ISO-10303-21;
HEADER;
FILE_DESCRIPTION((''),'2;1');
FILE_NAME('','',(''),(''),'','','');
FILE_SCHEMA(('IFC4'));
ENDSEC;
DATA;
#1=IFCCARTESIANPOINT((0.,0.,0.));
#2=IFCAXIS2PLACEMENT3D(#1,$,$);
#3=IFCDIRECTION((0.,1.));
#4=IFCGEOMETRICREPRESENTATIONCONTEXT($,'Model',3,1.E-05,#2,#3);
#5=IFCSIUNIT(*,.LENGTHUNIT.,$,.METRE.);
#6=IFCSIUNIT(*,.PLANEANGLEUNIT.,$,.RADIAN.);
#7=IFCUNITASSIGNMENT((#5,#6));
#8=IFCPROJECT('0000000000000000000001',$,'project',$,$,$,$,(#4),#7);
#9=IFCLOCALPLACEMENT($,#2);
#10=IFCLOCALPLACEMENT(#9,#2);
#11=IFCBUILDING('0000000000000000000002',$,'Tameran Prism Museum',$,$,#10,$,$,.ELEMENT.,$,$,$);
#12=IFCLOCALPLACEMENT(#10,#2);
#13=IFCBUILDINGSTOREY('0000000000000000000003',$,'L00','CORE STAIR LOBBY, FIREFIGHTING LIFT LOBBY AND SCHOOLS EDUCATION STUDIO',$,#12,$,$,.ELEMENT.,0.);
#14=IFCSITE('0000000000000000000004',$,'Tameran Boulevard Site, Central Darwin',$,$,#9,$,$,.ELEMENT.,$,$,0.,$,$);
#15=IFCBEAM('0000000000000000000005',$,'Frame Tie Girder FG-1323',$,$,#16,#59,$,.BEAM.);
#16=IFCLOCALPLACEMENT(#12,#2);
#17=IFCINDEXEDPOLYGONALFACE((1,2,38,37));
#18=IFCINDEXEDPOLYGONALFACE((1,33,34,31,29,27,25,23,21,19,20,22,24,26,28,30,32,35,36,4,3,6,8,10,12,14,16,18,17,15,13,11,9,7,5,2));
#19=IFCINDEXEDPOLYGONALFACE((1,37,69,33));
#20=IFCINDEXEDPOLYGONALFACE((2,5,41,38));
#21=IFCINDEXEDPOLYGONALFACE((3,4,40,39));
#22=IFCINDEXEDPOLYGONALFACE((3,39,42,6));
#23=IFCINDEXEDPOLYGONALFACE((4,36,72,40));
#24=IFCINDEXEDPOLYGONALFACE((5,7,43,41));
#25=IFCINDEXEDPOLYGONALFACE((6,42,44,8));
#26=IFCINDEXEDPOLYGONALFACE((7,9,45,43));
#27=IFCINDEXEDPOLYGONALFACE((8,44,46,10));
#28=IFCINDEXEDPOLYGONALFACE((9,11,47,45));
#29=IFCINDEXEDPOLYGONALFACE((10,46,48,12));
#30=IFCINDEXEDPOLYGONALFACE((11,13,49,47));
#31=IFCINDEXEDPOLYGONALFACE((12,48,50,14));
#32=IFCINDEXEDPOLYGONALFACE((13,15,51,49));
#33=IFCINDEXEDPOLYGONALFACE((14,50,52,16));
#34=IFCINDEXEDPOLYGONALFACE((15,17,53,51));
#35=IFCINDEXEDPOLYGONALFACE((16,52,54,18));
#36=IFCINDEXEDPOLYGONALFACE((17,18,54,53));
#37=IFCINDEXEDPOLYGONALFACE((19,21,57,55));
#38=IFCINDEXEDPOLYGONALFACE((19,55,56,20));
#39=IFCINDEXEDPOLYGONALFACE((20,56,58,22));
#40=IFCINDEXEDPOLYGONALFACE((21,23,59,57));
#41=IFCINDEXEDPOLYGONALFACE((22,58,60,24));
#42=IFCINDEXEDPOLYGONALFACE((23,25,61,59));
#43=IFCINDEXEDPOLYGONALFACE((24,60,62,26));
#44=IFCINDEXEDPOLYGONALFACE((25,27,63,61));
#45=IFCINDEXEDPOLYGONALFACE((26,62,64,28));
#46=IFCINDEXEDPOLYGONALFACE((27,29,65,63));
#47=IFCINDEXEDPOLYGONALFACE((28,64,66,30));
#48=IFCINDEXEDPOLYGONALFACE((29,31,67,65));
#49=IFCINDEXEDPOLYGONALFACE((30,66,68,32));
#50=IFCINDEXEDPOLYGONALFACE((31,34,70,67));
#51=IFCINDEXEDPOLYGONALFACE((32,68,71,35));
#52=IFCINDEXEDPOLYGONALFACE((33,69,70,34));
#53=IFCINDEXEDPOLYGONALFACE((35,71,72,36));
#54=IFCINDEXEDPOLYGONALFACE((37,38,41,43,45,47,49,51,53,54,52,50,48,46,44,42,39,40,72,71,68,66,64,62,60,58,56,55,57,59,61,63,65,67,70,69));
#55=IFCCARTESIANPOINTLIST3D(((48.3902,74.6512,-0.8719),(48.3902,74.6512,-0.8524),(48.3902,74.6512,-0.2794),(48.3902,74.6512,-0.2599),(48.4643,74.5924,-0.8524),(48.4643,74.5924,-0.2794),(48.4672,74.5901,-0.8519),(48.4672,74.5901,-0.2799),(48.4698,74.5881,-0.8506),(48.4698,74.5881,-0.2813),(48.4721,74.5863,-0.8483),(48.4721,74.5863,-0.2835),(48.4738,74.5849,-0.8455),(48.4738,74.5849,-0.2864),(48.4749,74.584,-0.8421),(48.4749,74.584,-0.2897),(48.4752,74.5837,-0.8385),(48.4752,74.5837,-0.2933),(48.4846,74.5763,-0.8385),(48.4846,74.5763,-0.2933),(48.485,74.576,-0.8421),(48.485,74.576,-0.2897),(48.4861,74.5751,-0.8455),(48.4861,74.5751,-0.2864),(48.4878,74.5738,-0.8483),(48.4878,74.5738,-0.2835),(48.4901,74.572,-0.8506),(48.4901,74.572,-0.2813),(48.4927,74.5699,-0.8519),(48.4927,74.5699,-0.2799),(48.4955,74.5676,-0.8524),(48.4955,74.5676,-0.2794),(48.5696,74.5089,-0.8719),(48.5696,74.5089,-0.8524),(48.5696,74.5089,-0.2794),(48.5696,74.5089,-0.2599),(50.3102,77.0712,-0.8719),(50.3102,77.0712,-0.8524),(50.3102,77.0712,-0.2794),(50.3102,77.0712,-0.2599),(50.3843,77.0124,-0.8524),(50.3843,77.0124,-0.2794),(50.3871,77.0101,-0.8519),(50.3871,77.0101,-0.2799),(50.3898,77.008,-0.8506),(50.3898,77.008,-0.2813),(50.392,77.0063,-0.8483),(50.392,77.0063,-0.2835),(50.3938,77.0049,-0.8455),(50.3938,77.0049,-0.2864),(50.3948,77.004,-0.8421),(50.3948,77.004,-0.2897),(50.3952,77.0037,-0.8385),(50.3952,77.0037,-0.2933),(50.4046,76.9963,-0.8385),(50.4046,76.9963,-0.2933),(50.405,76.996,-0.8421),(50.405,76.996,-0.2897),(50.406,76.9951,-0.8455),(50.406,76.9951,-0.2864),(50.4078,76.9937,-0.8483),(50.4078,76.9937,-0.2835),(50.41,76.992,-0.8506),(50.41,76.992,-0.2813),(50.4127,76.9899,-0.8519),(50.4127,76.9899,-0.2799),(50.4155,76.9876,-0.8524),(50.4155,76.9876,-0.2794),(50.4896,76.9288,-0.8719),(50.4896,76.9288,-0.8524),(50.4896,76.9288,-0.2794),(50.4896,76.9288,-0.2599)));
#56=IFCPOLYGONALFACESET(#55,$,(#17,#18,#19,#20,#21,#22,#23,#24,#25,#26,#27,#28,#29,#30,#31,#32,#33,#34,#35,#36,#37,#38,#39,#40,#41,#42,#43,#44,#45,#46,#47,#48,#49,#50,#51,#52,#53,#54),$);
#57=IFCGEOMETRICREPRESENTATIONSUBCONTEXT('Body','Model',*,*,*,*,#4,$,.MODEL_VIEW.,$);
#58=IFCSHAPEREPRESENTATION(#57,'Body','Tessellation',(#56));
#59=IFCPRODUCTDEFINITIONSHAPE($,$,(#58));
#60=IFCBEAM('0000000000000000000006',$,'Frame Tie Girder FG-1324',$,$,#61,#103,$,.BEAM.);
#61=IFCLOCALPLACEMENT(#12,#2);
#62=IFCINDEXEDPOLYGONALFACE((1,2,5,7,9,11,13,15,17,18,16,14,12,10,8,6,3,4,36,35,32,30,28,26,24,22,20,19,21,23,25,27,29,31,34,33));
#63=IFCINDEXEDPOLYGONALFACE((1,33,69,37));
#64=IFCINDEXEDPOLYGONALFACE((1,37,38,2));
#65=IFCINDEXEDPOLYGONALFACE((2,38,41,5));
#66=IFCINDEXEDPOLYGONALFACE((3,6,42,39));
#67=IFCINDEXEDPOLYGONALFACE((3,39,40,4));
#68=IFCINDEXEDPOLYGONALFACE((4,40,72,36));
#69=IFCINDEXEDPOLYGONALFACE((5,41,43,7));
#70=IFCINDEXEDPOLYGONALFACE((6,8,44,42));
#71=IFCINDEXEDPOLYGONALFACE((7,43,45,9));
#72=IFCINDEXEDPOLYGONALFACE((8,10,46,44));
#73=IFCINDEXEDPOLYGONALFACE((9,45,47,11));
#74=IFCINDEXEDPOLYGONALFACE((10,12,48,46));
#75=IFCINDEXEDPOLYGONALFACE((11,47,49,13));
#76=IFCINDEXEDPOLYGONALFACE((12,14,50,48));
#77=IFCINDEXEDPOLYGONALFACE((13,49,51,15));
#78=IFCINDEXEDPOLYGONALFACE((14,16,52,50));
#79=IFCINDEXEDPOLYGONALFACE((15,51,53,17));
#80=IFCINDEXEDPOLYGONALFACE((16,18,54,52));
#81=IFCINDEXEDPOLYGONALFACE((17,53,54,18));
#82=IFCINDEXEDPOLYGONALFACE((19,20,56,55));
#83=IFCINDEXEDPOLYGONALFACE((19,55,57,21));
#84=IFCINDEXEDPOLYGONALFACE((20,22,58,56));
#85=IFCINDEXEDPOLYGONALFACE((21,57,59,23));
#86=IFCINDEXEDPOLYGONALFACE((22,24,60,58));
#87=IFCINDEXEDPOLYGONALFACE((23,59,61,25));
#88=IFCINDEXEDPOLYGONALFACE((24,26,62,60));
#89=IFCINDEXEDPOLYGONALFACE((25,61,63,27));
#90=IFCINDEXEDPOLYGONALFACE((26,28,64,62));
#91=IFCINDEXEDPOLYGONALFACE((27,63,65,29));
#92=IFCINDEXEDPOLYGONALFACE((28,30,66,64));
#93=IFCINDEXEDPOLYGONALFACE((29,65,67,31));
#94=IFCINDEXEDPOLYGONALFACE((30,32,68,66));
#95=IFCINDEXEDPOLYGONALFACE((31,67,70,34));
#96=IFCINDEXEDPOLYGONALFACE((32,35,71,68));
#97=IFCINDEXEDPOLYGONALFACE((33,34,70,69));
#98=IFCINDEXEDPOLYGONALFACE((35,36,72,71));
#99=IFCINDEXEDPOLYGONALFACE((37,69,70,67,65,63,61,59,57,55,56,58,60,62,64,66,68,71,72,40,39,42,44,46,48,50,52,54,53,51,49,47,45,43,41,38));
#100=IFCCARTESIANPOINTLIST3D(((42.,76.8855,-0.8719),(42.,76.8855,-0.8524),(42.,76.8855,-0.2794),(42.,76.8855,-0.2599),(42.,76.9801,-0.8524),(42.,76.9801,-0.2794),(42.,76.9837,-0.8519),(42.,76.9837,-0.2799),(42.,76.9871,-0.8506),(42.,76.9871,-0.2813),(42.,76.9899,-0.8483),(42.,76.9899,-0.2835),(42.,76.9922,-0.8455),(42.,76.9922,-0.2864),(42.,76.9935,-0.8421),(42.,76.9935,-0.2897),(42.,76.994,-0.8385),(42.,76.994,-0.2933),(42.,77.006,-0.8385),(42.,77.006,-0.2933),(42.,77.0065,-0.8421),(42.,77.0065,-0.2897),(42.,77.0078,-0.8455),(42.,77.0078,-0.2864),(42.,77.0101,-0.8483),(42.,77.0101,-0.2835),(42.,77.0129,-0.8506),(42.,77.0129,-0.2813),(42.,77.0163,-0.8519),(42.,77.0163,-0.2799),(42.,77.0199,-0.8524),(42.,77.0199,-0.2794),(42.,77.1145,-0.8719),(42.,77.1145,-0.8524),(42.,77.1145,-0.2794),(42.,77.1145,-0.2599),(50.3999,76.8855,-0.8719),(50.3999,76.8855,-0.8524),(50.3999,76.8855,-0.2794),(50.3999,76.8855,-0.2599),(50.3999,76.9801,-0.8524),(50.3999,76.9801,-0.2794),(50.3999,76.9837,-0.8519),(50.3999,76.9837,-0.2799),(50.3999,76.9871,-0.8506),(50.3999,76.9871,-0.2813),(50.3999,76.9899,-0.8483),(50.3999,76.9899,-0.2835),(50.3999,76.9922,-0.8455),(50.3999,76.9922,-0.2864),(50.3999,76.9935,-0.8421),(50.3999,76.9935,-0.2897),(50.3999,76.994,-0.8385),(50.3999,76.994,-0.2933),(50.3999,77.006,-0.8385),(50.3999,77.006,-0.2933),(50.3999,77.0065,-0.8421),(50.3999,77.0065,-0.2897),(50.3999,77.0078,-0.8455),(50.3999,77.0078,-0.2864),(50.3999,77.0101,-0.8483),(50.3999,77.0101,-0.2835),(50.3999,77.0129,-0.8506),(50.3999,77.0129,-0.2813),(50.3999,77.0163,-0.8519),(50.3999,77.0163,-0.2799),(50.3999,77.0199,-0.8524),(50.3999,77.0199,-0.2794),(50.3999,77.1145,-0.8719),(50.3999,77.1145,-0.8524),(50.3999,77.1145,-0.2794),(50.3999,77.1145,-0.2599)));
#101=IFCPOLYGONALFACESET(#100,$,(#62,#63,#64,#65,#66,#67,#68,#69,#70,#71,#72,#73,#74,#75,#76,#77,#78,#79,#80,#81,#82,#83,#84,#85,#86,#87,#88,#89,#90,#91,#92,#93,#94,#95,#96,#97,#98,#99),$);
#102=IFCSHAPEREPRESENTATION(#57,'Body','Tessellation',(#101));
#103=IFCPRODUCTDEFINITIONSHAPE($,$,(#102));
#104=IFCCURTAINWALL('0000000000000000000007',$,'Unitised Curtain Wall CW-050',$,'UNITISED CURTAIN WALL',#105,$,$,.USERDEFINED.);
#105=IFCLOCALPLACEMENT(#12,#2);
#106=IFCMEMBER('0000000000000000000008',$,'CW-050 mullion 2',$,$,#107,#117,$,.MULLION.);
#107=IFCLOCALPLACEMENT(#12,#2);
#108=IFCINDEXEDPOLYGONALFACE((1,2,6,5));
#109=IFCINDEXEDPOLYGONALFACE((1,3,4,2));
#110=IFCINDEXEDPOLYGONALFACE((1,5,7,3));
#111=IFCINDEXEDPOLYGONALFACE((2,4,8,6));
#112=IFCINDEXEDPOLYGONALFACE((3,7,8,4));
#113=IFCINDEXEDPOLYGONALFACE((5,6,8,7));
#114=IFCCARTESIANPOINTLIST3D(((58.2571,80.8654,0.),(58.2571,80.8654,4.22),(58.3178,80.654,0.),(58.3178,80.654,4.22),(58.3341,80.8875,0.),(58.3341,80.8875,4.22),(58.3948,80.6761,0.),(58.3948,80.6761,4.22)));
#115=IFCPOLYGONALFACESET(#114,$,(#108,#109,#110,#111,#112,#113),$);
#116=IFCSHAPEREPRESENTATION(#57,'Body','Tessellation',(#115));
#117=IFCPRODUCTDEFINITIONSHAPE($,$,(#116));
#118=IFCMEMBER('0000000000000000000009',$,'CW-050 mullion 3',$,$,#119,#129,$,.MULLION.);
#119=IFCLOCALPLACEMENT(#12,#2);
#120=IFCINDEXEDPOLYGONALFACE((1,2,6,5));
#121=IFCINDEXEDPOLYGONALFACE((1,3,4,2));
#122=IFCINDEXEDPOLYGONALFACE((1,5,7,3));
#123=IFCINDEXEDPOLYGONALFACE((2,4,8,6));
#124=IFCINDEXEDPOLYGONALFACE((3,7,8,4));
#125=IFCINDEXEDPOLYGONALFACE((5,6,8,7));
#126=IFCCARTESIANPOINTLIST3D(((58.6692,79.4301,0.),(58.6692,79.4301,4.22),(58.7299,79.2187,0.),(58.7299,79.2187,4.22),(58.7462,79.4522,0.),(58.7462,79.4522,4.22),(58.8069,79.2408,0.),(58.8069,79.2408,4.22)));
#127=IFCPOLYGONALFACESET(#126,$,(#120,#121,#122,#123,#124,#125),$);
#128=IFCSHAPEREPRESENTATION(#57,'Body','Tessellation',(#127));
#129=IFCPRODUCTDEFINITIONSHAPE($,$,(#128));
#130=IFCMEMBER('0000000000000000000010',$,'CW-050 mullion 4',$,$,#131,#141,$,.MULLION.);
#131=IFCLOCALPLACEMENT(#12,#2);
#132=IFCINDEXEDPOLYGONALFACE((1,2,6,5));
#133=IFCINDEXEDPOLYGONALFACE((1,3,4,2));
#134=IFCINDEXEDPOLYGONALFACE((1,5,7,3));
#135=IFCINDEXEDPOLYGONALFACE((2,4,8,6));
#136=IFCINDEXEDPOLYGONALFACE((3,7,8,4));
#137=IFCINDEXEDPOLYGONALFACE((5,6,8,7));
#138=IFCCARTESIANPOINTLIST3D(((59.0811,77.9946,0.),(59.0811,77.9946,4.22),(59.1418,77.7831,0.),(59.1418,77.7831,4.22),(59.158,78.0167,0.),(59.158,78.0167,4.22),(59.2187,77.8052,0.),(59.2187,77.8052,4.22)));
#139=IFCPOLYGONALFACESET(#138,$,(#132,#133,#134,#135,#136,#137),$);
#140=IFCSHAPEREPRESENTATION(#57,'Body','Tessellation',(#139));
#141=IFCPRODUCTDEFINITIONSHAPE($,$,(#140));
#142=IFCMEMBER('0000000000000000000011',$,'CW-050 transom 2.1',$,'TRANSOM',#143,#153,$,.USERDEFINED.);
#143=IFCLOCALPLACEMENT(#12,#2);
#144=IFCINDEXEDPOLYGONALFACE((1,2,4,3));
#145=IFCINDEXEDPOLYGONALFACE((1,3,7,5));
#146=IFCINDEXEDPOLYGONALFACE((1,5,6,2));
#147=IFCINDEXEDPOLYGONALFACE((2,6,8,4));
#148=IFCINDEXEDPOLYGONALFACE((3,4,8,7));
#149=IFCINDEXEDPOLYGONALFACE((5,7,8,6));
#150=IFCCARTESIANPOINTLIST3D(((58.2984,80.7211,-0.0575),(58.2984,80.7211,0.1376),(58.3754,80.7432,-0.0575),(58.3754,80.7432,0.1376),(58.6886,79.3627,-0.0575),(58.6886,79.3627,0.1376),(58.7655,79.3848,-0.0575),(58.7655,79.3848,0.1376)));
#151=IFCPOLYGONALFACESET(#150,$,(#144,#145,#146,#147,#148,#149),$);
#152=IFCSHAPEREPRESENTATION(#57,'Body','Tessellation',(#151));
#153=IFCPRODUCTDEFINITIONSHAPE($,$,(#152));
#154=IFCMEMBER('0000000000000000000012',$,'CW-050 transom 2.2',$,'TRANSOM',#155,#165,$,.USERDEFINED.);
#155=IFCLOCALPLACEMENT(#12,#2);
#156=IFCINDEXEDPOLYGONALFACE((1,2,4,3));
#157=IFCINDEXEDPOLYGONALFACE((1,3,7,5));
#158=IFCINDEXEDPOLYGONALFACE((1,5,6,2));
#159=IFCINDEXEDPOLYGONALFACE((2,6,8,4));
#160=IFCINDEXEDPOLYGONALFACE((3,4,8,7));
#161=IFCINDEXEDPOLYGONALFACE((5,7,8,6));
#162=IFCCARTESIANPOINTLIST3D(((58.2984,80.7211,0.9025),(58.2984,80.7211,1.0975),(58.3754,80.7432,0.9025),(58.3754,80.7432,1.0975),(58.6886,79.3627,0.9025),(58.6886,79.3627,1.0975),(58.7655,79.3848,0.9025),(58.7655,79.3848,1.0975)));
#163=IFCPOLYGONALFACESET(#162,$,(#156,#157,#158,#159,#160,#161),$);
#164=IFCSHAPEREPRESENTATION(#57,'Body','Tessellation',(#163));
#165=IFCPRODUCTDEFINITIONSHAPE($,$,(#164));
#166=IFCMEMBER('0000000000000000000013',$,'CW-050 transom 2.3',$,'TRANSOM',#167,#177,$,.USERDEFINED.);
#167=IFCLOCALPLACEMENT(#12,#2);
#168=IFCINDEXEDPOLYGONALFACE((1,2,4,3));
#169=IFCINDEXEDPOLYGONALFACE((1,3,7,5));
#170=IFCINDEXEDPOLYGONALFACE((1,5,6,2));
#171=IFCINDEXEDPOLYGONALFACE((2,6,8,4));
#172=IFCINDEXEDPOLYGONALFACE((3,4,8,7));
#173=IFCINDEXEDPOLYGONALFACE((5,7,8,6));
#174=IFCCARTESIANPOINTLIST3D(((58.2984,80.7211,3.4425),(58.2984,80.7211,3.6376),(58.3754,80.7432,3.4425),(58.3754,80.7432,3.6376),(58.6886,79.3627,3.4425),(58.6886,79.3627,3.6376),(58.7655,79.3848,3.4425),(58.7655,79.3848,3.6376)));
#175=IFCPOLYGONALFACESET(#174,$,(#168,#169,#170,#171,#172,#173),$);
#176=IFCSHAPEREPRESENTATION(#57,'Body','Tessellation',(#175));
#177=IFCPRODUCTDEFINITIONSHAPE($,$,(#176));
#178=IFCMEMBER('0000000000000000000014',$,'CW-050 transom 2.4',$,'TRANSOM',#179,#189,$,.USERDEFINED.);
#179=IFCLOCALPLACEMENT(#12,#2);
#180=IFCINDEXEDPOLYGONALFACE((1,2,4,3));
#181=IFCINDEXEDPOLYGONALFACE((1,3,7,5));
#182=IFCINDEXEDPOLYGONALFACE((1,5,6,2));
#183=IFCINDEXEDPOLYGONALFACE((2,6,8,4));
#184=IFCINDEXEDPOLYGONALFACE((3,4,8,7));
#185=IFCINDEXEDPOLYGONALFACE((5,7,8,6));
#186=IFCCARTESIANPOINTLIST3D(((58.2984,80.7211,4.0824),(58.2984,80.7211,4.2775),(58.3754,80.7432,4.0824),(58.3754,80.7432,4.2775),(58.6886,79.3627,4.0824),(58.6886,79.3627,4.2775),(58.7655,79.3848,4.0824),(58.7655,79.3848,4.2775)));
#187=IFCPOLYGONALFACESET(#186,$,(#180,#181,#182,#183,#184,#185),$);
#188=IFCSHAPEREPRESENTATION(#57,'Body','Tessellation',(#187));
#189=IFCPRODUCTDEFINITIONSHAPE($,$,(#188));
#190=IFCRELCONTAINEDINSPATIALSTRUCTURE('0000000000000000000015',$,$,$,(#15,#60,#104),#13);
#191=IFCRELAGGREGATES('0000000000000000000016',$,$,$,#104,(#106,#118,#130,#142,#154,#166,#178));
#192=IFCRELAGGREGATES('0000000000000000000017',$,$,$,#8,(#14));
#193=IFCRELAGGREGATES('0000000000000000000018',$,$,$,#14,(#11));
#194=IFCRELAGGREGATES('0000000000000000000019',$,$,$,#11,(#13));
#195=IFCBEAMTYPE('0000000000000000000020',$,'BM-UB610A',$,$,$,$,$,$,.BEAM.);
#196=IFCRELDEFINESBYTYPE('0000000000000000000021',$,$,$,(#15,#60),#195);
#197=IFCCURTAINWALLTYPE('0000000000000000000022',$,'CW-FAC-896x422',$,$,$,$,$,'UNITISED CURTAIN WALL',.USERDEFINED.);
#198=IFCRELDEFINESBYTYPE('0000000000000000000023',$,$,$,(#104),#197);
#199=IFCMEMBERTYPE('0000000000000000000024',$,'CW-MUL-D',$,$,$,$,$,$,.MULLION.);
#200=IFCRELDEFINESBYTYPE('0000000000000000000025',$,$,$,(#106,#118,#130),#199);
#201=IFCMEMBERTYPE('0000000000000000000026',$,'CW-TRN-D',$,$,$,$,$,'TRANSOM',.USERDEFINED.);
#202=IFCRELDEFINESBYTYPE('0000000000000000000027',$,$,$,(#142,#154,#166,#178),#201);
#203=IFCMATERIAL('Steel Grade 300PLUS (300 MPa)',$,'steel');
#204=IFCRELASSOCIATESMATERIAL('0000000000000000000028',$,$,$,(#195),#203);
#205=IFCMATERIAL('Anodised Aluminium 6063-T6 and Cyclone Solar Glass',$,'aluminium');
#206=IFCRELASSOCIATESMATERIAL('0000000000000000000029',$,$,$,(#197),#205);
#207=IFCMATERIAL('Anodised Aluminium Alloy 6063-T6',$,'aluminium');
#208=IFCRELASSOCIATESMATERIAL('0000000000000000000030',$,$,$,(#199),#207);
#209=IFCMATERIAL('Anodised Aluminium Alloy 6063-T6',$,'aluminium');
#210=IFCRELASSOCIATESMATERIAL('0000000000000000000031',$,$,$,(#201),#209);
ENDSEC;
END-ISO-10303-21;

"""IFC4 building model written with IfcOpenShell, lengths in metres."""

from ifc_helpers import new_model, si_unit, direction, frame, origin, origin_2d, place, context, subcontext, project, spatial, rectangle, i_section, extrude, material, material_profile, profile_set, type_object, element, aggregate, save


model = new_model("IFC4")

# Units and contexts
model_context = context("Model", 3, precision=1e-05, world=origin(), true_north=direction((0.0, 1.0)))
body_context = subcontext(model_context, "Body", "Model", "MODEL_VIEW")
ifc_project = project(units=[si_unit("LENGTHUNIT", "METRE"), si_unit("PLANEANGLEUNIT", "RADIAN")], contexts=[model_context])

# Site, building, storey
site_placement = place(None, origin())
site = spatial("IfcSite", under=ifc_project, at=site_placement, Name="Tameran Boulevard Site, Central Darwin", CompositionType="ELEMENT", RefElevation=0.0)
building_placement = place(site_placement, origin())
building = spatial("IfcBuilding", under=site, at=building_placement, Name="Tameran Prism Museum", CompositionType="ELEMENT")
storey_placement = place(building_placement, origin())
storey = spatial("IfcBuildingStorey", under=building, at=storey_placement, Name="L00", Description="CORE STAIR LOBBY, FIREFIGHTING LIFT LOBBY AND SCHOOLS EDUCATION STUDIO", CompositionType="ELEMENT", Elevation=0.0)

# Beams
ifc_material_1 = material(Name="Steel Grade 300PLUS (300 MPa)", Category="steel")
ifc_material_profile_1 = material_profile(ifc_material_1, i_section(OverallWidth=0.229, OverallDepth=0.6121, WebThickness=0.012, FlangeThickness=0.0195, FilletRadius=0.0139, at=origin_2d()))
ifc_profile_set_1 = profile_set([ifc_material_profile_1])
beam_type = type_object("IfcBeamType", Name="BM-UB610A", PredefinedType="BEAM", material=ifc_profile_set_1)
beam_1_placement = place(storey_placement, frame((50.3999, 77.0, -0.5659), z_axis=(-0.621529, -0.783392, 0.0), x_axis=(0.783392, -0.621529, 0.0)))
element("IfcBeam", 1, at=beam_1_placement, inside=storey, type_object=beam_type, Name="Frame Tie Girder FG-1323", PredefinedType="BEAM", context=body_context, shape_type="SweptSolid", body=[
    extrude(i_section(OverallWidth=0.229, OverallDepth=0.6121, WebThickness=0.012, FlangeThickness=0.0195, FilletRadius=0.0139, at=origin_2d()), origin(), (0.0, 0.0, 1.0), 3.0891),
])
beam_2_placement = place(storey_placement, frame((50.3999, 77.0, -0.5659), z_axis=(-1.0, 0.0, 0.0), x_axis=(0.0, -1.0, 0.0)))
element("IfcBeam", 2, at=beam_2_placement, inside=storey, type_object=beam_type, Name="Frame Tie Girder FG-1324", PredefinedType="BEAM", context=body_context, shape_type="SweptSolid", body=[
    extrude(i_section(OverallWidth=0.229, OverallDepth=0.6121, WebThickness=0.012, FlangeThickness=0.0195, FilletRadius=0.0139, at=origin_2d()), origin(), (0.0, 0.0, 1.0), 8.3999),
])

# Curtain wall, members
ifc_material_2 = material(Name="Anodised Aluminium 6063-T6 and Cyclone Solar Glass", Category="aluminium")
curtain_wall_type = type_object("IfcCurtainWallType", Name="CW-FAC-896x422", ElementType="UNITISED CURTAIN WALL", PredefinedType="USERDEFINED", material=ifc_material_2)
curtain_wall_placement = place(storey_placement, origin())
curtain_wall = element("IfcCurtainWall", 3, at=curtain_wall_placement, inside=storey, type_object=curtain_wall_type, Name="Unitised Curtain Wall CW-050", ObjectType="UNITISED CURTAIN WALL", PredefinedType="USERDEFINED")
ifc_material_3 = material(Name="Anodised Aluminium Alloy 6063-T6", Category="aluminium")
ifc_material_profile_2 = material_profile(ifc_material_3, rectangle(XDim=0.0801, YDim=0.22, at=origin_2d()))
ifc_profile_set_2 = profile_set([ifc_material_profile_2])
member_type_1 = type_object("IfcMemberType", Name="CW-MUL-D", PredefinedType="MULLION", material=ifc_profile_set_2)
member_1_placement = place(storey_placement, frame((58.3259, 80.7708, 0.0), z_axis=(0.0, 0.0, 1.0), x_axis=(0.961186, 0.2759, 0.0)))
member_1 = element("IfcMember", 4, at=member_1_placement, type_object=member_type_1, Name="CW-050 mullion 2", PredefinedType="MULLION", context=body_context, shape_type="SweptSolid", body=[
    extrude(rectangle(XDim=0.0801, YDim=0.22, at=origin_2d()), origin(), (0.0, 0.0, 1.0), 4.22),
])
member_2_placement = place(storey_placement, frame((58.738, 79.3354, 0.0), z_axis=(0.0, 0.0, 1.0), x_axis=(0.961186, 0.2759, 0.0)))
member_2 = element("IfcMember", 5, at=member_2_placement, type_object=member_type_1, Name="CW-050 mullion 3", PredefinedType="MULLION", context=body_context, shape_type="SweptSolid", body=[
    extrude(rectangle(XDim=0.0801, YDim=0.22, at=origin_2d()), origin(), (0.0, 0.0, 1.0), 4.22),
])
member_3_placement = place(storey_placement, frame((59.1499, 77.8999, 0.0), z_axis=(0.0, 0.0, 1.0), x_axis=(0.961186, 0.2759, 0.0)))
member_3 = element("IfcMember", 6, at=member_3_placement, type_object=member_type_1, Name="CW-050 mullion 4", PredefinedType="MULLION", context=body_context, shape_type="SweptSolid", body=[
    extrude(rectangle(XDim=0.0801, YDim=0.22, at=origin_2d()), origin(), (0.0, 0.0, 1.0), 4.22),
])
ifc_material_4 = material(Name="Anodised Aluminium Alloy 6063-T6", Category="aluminium")
ifc_material_profile_3 = material_profile(ifc_material_4, rectangle(XDim=0.0801, YDim=0.1951, at=origin_2d()))
ifc_profile_set_3 = profile_set([ifc_material_profile_3])
member_type_2 = type_object("IfcMemberType", Name="CW-TRN-D", ElementType="TRANSOM", PredefinedType="USERDEFINED", material=ifc_profile_set_3)
member_4_placement = place(storey_placement, frame((58.3369, 80.7322, 0.04), z_axis=(0.276044, -0.961145, 0.0), x_axis=(0.961145, 0.276044, 0.0)))
member_4 = element("IfcMember", 7, at=member_4_placement, type_object=member_type_2, Name="CW-050 transom 2.1", ObjectType="TRANSOM", PredefinedType="USERDEFINED", context=body_context, shape_type="SweptSolid", body=[
    extrude(rectangle(XDim=0.0801, YDim=0.1951, at=origin_2d()), origin(), (0.0, 0.0, 1.0), 1.4133),
])
member_5_placement = place(storey_placement, frame((58.3369, 80.7322, 1.0), z_axis=(0.276044, -0.961145, 0.0), x_axis=(0.961145, 0.276044, 0.0)))
member_5 = element("IfcMember", 8, at=member_5_placement, type_object=member_type_2, Name="CW-050 transom 2.2", ObjectType="TRANSOM", PredefinedType="USERDEFINED", context=body_context, shape_type="SweptSolid", body=[
    extrude(rectangle(XDim=0.0801, YDim=0.1951, at=origin_2d()), origin(), (0.0, 0.0, 1.0), 1.4133),
])
member_6_placement = place(storey_placement, frame((58.3369, 80.7322, 3.54), z_axis=(0.276044, -0.961145, 0.0), x_axis=(0.961145, 0.276044, 0.0)))
member_6 = element("IfcMember", 9, at=member_6_placement, type_object=member_type_2, Name="CW-050 transom 2.3", ObjectType="TRANSOM", PredefinedType="USERDEFINED", context=body_context, shape_type="SweptSolid", body=[
    extrude(rectangle(XDim=0.0801, YDim=0.1951, at=origin_2d()), origin(), (0.0, 0.0, 1.0), 1.4133),
])
member_7_placement = place(storey_placement, frame((58.3369, 80.7322, 4.1799), z_axis=(0.276044, -0.961145, 0.0), x_axis=(0.961145, 0.276044, 0.0)))
member_7 = element("IfcMember", 10, at=member_7_placement, type_object=member_type_2, Name="CW-050 transom 2.4", ObjectType="TRANSOM", PredefinedType="USERDEFINED", context=body_context, shape_type="SweptSolid", body=[
    extrude(rectangle(XDim=0.0801, YDim=0.1951, at=origin_2d()), origin(), (0.0, 0.0, 1.0), 1.4133),
])
aggregate(curtain_wall, [member_1, member_2, member_3, member_4, member_5, member_6, member_7])

save(model, "model.ifc")
